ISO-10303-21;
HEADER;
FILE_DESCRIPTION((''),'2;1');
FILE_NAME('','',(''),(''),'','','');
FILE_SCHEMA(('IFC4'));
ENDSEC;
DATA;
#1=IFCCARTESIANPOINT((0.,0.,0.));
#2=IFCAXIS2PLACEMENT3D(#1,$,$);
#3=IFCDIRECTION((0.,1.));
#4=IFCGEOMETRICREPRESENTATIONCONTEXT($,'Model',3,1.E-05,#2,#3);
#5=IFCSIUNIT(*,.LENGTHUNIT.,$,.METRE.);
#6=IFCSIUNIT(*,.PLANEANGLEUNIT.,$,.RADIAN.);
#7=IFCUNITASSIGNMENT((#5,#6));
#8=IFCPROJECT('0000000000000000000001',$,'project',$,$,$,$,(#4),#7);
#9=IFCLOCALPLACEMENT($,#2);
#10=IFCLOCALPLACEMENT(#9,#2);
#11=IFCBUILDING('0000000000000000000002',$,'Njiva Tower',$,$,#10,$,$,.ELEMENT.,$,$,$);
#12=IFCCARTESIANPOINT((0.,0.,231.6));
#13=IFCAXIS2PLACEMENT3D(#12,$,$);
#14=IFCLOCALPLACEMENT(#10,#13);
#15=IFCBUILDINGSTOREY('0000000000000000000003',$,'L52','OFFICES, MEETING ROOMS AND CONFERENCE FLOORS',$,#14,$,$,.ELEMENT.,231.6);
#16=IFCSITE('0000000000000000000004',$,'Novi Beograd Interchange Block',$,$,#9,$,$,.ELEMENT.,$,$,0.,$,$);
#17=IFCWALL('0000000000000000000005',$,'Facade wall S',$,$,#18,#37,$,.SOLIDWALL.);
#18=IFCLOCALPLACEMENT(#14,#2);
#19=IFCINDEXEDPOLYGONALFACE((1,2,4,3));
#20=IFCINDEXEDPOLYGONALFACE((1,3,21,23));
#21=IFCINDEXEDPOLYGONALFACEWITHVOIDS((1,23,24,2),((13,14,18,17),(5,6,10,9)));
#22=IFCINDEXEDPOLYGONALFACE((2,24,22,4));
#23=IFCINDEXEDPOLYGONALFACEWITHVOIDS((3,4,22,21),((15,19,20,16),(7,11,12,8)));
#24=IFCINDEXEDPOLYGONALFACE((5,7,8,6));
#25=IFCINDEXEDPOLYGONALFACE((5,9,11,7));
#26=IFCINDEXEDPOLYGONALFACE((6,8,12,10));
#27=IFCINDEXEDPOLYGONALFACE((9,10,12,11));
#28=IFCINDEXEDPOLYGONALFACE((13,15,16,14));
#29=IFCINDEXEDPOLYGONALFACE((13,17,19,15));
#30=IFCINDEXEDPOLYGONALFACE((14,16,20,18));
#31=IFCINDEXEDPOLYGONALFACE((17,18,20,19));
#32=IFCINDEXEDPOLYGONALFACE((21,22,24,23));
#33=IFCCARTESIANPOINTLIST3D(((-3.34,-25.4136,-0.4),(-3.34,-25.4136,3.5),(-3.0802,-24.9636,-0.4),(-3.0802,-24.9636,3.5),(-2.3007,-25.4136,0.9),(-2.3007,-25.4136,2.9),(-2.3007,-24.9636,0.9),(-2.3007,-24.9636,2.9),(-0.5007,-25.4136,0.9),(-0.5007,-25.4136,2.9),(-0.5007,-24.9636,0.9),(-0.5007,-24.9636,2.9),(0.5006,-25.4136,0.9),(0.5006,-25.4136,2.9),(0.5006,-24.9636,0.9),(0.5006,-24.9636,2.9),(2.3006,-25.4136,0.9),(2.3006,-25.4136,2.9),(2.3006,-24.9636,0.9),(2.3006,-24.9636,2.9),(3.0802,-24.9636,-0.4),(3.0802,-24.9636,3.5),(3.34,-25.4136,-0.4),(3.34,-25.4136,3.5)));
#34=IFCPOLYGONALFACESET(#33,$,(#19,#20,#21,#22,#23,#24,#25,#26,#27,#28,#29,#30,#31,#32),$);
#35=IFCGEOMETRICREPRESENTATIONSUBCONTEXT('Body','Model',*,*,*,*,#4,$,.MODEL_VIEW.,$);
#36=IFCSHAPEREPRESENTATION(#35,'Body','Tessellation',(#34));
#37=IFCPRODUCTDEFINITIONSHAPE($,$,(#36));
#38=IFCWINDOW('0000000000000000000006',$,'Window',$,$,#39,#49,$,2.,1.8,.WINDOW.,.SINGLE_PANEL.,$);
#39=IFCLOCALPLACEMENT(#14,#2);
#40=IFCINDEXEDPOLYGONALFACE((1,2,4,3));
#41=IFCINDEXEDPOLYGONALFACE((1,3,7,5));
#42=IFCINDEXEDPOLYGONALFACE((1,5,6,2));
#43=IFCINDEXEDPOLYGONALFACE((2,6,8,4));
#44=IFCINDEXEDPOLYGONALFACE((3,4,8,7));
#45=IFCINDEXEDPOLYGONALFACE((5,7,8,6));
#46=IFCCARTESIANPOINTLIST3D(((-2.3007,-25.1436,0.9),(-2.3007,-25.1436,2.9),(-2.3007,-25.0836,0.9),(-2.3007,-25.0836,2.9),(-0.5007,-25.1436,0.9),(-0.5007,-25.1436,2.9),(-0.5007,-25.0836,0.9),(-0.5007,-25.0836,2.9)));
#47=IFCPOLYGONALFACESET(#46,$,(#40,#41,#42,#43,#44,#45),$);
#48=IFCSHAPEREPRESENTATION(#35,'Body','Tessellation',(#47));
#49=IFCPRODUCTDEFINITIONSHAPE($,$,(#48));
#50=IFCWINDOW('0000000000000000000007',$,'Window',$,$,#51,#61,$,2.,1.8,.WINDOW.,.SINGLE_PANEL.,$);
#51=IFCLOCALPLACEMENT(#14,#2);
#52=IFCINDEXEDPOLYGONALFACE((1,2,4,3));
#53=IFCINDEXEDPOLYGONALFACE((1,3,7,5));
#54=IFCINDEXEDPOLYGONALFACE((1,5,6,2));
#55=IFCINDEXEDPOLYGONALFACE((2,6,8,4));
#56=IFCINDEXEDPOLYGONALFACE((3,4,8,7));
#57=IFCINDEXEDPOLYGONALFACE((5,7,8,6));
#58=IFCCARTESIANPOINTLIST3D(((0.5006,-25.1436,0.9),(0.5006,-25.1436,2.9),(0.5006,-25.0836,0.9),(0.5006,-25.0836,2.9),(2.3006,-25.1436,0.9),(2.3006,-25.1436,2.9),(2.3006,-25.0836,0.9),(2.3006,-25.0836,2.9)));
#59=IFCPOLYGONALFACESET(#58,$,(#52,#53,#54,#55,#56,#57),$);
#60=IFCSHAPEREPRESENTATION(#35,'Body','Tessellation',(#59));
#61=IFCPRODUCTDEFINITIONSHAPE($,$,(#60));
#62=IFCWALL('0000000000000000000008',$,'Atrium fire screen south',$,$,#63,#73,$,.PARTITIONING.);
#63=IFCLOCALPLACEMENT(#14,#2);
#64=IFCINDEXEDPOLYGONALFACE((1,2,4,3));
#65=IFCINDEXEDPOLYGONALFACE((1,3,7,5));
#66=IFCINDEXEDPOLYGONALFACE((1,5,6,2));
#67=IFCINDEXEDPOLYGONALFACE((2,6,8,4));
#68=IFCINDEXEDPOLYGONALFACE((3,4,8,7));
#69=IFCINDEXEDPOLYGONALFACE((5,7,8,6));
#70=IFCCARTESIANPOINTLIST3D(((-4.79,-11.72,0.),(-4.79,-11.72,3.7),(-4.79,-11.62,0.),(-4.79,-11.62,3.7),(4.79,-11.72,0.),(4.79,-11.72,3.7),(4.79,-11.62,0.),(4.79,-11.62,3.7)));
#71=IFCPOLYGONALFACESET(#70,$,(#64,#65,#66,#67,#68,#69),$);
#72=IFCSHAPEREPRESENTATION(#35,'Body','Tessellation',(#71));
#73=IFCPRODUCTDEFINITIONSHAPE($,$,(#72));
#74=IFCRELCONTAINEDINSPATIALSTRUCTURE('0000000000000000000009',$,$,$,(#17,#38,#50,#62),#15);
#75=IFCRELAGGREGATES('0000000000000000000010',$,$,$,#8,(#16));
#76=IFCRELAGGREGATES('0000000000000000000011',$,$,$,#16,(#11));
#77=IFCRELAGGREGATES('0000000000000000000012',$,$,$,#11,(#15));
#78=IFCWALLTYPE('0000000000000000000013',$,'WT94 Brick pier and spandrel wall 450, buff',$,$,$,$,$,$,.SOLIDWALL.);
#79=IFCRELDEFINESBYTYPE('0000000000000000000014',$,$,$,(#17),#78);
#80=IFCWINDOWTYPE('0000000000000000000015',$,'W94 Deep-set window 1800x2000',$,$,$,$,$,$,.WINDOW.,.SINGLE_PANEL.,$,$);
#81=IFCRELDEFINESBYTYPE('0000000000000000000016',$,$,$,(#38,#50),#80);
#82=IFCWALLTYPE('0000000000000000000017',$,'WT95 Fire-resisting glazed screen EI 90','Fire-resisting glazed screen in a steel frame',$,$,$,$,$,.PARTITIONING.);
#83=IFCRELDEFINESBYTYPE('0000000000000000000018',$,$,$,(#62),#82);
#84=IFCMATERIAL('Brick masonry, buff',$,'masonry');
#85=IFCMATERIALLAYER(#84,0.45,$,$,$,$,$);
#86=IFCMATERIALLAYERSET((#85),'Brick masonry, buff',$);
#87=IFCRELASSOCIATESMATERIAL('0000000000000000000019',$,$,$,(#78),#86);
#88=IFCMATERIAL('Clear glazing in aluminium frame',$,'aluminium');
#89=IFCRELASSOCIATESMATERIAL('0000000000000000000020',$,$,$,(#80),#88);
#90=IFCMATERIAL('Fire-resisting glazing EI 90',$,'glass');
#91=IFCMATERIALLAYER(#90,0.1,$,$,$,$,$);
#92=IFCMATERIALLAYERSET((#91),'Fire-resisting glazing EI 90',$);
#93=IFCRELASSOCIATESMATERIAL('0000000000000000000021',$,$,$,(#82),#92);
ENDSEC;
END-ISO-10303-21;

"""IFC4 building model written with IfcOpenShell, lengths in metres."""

from ifc_helpers import new_model, si_unit, direction, frame, frame_2d, origin, place, context, subcontext, project, spatial, polyline, rectangle, outline, extrude, material, layer, layer_set, type_object, element, fill, save


model = new_model("IFC4")

# Units and contexts
model_context = context("Model", 3, precision=1e-05, world=origin(), true_north=direction((0.0, 1.0)))
body_context = subcontext(model_context, "Body", "Model", "MODEL_VIEW")
ifc_project = project(units=[si_unit("LENGTHUNIT", "METRE"), si_unit("PLANEANGLEUNIT", "RADIAN")], contexts=[model_context])

# Site, building, storey
site_placement = place(None, origin())
site = spatial("IfcSite", under=ifc_project, at=site_placement, Name="Novi Beograd Interchange Block", CompositionType="ELEMENT", RefElevation=0.0)
building_placement = place(site_placement, origin())
building = spatial("IfcBuilding", under=site, at=building_placement, Name="Njiva Tower", CompositionType="ELEMENT")
storey_placement = place(building_placement, frame((0.0, 0.0, 231.6)))
storey = spatial("IfcBuildingStorey", under=building, at=storey_placement, Name="L52", Description="OFFICES, MEETING ROOMS AND CONFERENCE FLOORS", CompositionType="ELEMENT", Elevation=231.6)

# Wall, openings, windows
ifc_material_1 = material(Name="Brick masonry, buff", Category="masonry")
ifc_layer_1 = layer(ifc_material_1, 0.45)
ifc_layer_set_1 = layer_set([ifc_layer_1], Name="Brick masonry, buff")
wall_type_1 = type_object("IfcWallType", Name="WT94 Brick pier and spandrel wall 450, buff", PredefinedType="SOLIDWALL", material=ifc_layer_set_1)
wall_1_placement = place(storey_placement, frame((-3.2101, -25.1886, -0.4), z_axis=(0.0, 0.0, 1.0), x_axis=(1.0, 0.0, 0.0)))
wall_1 = element("IfcWall", 1, at=wall_1_placement, inside=storey, type_object=wall_type_1, Name="Facade wall S", PredefinedType="SOLIDWALL", context=body_context, shape_type="SweptSolid", body=[
    extrude(outline(polyline([(-0.1299, -0.225), (6.5501, -0.225), (6.2903, 0.225), (0.1299, 0.225), (-0.1299, -0.225)])), origin(), (0.0, 0.0, 1.0), 3.9),
])
opening_1_placement = place(wall_1_placement, frame((0.9094, 0.0, 1.3)))
opening_1 = element("IfcOpeningElement", 2, at=opening_1_placement, cuts=wall_1, PredefinedType="OPENING", context=body_context, shape_type="SweptSolid", body=[
    extrude(rectangle(XDim=1.8, YDim=2.0, at=frame_2d((0.9, 1.0))), frame((0.0, 0.235, 0.0), z_axis=(0.0, -1.0, 0.0), x_axis=(1.0, 0.0, 0.0)), (0.0, 0.0, 1.0), 0.47),
])
opening_2_placement = place(wall_1_placement, frame((3.7107, 0.0, 1.3)))
opening_2 = element("IfcOpeningElement", 3, at=opening_2_placement, cuts=wall_1, PredefinedType="OPENING", context=body_context, shape_type="SweptSolid", body=[
    extrude(rectangle(XDim=1.8, YDim=2.0, at=frame_2d((0.9, 1.0))), frame((0.0, 0.235, 0.0), z_axis=(0.0, -1.0, 0.0), x_axis=(1.0, 0.0, 0.0)), (0.0, 0.0, 1.0), 0.47),
])
ifc_material_2 = material(Name="Clear glazing in aluminium frame", Category="aluminium")
window_type = type_object("IfcWindowType", Name="W94 Deep-set window 1800x2000", PartitioningType="SINGLE_PANEL", PredefinedType="WINDOW", material=ifc_material_2)
window_1_placement = place(opening_1_placement, origin())
window_1 = element("IfcWindow", 4, at=window_1_placement, inside=storey, type_object=window_type, Name="Window", OverallHeight=2.0, OverallWidth=1.8, PartitioningType="SINGLE_PANEL", PredefinedType="WINDOW", context=body_context, shape_type="SweptSolid", body=[
    extrude(rectangle(XDim=1.8, YDim=2.0, at=frame_2d((0.9, 1.0))), frame((0.0, 0.105, 0.0), z_axis=(0.0, -1.0, 0.0), x_axis=(1.0, 0.0, 0.0)), (0.0, 0.0, 1.0), 0.06),
])
fill(opening_1, window_1)
window_2_placement = place(opening_2_placement, origin())
window_2 = element("IfcWindow", 5, at=window_2_placement, inside=storey, type_object=window_type, Name="Window", OverallHeight=2.0, OverallWidth=1.8, PartitioningType="SINGLE_PANEL", PredefinedType="WINDOW", context=body_context, shape_type="SweptSolid", body=[
    extrude(rectangle(XDim=1.8, YDim=2.0, at=frame_2d((0.9, 1.0))), frame((0.0, 0.105, 0.0), z_axis=(0.0, -1.0, 0.0), x_axis=(1.0, 0.0, 0.0)), (0.0, 0.0, 1.0), 0.06),
])
fill(opening_2, window_2)

# Wall
ifc_material_3 = material(Name="Fire-resisting glazing EI 90", Category="glass")
ifc_layer_2 = layer(ifc_material_3, 0.1)
ifc_layer_set_2 = layer_set([ifc_layer_2], Name="Fire-resisting glazing EI 90")
wall_type_2 = type_object("IfcWallType", Name="WT95 Fire-resisting glazed screen EI 90", Description="Fire-resisting glazed screen in a steel frame", PredefinedType="PARTITIONING", material=ifc_layer_set_2)
wall_2_placement = place(storey_placement, frame((-4.79, -11.67, 0.0), z_axis=(0.0, 0.0, 1.0), x_axis=(1.0, 0.0, 0.0)))
element("IfcWall", 6, at=wall_2_placement, inside=storey, type_object=wall_type_2, Name="Atrium fire screen south", PredefinedType="PARTITIONING", context=body_context, shape_type="SweptSolid", body=[
    extrude(rectangle(XDim=9.58, YDim=0.1, at=frame_2d((4.79, 0.0))), origin(), (0.0, 0.0, 1.0), 3.7),
])

save(model, "model.ifc")
